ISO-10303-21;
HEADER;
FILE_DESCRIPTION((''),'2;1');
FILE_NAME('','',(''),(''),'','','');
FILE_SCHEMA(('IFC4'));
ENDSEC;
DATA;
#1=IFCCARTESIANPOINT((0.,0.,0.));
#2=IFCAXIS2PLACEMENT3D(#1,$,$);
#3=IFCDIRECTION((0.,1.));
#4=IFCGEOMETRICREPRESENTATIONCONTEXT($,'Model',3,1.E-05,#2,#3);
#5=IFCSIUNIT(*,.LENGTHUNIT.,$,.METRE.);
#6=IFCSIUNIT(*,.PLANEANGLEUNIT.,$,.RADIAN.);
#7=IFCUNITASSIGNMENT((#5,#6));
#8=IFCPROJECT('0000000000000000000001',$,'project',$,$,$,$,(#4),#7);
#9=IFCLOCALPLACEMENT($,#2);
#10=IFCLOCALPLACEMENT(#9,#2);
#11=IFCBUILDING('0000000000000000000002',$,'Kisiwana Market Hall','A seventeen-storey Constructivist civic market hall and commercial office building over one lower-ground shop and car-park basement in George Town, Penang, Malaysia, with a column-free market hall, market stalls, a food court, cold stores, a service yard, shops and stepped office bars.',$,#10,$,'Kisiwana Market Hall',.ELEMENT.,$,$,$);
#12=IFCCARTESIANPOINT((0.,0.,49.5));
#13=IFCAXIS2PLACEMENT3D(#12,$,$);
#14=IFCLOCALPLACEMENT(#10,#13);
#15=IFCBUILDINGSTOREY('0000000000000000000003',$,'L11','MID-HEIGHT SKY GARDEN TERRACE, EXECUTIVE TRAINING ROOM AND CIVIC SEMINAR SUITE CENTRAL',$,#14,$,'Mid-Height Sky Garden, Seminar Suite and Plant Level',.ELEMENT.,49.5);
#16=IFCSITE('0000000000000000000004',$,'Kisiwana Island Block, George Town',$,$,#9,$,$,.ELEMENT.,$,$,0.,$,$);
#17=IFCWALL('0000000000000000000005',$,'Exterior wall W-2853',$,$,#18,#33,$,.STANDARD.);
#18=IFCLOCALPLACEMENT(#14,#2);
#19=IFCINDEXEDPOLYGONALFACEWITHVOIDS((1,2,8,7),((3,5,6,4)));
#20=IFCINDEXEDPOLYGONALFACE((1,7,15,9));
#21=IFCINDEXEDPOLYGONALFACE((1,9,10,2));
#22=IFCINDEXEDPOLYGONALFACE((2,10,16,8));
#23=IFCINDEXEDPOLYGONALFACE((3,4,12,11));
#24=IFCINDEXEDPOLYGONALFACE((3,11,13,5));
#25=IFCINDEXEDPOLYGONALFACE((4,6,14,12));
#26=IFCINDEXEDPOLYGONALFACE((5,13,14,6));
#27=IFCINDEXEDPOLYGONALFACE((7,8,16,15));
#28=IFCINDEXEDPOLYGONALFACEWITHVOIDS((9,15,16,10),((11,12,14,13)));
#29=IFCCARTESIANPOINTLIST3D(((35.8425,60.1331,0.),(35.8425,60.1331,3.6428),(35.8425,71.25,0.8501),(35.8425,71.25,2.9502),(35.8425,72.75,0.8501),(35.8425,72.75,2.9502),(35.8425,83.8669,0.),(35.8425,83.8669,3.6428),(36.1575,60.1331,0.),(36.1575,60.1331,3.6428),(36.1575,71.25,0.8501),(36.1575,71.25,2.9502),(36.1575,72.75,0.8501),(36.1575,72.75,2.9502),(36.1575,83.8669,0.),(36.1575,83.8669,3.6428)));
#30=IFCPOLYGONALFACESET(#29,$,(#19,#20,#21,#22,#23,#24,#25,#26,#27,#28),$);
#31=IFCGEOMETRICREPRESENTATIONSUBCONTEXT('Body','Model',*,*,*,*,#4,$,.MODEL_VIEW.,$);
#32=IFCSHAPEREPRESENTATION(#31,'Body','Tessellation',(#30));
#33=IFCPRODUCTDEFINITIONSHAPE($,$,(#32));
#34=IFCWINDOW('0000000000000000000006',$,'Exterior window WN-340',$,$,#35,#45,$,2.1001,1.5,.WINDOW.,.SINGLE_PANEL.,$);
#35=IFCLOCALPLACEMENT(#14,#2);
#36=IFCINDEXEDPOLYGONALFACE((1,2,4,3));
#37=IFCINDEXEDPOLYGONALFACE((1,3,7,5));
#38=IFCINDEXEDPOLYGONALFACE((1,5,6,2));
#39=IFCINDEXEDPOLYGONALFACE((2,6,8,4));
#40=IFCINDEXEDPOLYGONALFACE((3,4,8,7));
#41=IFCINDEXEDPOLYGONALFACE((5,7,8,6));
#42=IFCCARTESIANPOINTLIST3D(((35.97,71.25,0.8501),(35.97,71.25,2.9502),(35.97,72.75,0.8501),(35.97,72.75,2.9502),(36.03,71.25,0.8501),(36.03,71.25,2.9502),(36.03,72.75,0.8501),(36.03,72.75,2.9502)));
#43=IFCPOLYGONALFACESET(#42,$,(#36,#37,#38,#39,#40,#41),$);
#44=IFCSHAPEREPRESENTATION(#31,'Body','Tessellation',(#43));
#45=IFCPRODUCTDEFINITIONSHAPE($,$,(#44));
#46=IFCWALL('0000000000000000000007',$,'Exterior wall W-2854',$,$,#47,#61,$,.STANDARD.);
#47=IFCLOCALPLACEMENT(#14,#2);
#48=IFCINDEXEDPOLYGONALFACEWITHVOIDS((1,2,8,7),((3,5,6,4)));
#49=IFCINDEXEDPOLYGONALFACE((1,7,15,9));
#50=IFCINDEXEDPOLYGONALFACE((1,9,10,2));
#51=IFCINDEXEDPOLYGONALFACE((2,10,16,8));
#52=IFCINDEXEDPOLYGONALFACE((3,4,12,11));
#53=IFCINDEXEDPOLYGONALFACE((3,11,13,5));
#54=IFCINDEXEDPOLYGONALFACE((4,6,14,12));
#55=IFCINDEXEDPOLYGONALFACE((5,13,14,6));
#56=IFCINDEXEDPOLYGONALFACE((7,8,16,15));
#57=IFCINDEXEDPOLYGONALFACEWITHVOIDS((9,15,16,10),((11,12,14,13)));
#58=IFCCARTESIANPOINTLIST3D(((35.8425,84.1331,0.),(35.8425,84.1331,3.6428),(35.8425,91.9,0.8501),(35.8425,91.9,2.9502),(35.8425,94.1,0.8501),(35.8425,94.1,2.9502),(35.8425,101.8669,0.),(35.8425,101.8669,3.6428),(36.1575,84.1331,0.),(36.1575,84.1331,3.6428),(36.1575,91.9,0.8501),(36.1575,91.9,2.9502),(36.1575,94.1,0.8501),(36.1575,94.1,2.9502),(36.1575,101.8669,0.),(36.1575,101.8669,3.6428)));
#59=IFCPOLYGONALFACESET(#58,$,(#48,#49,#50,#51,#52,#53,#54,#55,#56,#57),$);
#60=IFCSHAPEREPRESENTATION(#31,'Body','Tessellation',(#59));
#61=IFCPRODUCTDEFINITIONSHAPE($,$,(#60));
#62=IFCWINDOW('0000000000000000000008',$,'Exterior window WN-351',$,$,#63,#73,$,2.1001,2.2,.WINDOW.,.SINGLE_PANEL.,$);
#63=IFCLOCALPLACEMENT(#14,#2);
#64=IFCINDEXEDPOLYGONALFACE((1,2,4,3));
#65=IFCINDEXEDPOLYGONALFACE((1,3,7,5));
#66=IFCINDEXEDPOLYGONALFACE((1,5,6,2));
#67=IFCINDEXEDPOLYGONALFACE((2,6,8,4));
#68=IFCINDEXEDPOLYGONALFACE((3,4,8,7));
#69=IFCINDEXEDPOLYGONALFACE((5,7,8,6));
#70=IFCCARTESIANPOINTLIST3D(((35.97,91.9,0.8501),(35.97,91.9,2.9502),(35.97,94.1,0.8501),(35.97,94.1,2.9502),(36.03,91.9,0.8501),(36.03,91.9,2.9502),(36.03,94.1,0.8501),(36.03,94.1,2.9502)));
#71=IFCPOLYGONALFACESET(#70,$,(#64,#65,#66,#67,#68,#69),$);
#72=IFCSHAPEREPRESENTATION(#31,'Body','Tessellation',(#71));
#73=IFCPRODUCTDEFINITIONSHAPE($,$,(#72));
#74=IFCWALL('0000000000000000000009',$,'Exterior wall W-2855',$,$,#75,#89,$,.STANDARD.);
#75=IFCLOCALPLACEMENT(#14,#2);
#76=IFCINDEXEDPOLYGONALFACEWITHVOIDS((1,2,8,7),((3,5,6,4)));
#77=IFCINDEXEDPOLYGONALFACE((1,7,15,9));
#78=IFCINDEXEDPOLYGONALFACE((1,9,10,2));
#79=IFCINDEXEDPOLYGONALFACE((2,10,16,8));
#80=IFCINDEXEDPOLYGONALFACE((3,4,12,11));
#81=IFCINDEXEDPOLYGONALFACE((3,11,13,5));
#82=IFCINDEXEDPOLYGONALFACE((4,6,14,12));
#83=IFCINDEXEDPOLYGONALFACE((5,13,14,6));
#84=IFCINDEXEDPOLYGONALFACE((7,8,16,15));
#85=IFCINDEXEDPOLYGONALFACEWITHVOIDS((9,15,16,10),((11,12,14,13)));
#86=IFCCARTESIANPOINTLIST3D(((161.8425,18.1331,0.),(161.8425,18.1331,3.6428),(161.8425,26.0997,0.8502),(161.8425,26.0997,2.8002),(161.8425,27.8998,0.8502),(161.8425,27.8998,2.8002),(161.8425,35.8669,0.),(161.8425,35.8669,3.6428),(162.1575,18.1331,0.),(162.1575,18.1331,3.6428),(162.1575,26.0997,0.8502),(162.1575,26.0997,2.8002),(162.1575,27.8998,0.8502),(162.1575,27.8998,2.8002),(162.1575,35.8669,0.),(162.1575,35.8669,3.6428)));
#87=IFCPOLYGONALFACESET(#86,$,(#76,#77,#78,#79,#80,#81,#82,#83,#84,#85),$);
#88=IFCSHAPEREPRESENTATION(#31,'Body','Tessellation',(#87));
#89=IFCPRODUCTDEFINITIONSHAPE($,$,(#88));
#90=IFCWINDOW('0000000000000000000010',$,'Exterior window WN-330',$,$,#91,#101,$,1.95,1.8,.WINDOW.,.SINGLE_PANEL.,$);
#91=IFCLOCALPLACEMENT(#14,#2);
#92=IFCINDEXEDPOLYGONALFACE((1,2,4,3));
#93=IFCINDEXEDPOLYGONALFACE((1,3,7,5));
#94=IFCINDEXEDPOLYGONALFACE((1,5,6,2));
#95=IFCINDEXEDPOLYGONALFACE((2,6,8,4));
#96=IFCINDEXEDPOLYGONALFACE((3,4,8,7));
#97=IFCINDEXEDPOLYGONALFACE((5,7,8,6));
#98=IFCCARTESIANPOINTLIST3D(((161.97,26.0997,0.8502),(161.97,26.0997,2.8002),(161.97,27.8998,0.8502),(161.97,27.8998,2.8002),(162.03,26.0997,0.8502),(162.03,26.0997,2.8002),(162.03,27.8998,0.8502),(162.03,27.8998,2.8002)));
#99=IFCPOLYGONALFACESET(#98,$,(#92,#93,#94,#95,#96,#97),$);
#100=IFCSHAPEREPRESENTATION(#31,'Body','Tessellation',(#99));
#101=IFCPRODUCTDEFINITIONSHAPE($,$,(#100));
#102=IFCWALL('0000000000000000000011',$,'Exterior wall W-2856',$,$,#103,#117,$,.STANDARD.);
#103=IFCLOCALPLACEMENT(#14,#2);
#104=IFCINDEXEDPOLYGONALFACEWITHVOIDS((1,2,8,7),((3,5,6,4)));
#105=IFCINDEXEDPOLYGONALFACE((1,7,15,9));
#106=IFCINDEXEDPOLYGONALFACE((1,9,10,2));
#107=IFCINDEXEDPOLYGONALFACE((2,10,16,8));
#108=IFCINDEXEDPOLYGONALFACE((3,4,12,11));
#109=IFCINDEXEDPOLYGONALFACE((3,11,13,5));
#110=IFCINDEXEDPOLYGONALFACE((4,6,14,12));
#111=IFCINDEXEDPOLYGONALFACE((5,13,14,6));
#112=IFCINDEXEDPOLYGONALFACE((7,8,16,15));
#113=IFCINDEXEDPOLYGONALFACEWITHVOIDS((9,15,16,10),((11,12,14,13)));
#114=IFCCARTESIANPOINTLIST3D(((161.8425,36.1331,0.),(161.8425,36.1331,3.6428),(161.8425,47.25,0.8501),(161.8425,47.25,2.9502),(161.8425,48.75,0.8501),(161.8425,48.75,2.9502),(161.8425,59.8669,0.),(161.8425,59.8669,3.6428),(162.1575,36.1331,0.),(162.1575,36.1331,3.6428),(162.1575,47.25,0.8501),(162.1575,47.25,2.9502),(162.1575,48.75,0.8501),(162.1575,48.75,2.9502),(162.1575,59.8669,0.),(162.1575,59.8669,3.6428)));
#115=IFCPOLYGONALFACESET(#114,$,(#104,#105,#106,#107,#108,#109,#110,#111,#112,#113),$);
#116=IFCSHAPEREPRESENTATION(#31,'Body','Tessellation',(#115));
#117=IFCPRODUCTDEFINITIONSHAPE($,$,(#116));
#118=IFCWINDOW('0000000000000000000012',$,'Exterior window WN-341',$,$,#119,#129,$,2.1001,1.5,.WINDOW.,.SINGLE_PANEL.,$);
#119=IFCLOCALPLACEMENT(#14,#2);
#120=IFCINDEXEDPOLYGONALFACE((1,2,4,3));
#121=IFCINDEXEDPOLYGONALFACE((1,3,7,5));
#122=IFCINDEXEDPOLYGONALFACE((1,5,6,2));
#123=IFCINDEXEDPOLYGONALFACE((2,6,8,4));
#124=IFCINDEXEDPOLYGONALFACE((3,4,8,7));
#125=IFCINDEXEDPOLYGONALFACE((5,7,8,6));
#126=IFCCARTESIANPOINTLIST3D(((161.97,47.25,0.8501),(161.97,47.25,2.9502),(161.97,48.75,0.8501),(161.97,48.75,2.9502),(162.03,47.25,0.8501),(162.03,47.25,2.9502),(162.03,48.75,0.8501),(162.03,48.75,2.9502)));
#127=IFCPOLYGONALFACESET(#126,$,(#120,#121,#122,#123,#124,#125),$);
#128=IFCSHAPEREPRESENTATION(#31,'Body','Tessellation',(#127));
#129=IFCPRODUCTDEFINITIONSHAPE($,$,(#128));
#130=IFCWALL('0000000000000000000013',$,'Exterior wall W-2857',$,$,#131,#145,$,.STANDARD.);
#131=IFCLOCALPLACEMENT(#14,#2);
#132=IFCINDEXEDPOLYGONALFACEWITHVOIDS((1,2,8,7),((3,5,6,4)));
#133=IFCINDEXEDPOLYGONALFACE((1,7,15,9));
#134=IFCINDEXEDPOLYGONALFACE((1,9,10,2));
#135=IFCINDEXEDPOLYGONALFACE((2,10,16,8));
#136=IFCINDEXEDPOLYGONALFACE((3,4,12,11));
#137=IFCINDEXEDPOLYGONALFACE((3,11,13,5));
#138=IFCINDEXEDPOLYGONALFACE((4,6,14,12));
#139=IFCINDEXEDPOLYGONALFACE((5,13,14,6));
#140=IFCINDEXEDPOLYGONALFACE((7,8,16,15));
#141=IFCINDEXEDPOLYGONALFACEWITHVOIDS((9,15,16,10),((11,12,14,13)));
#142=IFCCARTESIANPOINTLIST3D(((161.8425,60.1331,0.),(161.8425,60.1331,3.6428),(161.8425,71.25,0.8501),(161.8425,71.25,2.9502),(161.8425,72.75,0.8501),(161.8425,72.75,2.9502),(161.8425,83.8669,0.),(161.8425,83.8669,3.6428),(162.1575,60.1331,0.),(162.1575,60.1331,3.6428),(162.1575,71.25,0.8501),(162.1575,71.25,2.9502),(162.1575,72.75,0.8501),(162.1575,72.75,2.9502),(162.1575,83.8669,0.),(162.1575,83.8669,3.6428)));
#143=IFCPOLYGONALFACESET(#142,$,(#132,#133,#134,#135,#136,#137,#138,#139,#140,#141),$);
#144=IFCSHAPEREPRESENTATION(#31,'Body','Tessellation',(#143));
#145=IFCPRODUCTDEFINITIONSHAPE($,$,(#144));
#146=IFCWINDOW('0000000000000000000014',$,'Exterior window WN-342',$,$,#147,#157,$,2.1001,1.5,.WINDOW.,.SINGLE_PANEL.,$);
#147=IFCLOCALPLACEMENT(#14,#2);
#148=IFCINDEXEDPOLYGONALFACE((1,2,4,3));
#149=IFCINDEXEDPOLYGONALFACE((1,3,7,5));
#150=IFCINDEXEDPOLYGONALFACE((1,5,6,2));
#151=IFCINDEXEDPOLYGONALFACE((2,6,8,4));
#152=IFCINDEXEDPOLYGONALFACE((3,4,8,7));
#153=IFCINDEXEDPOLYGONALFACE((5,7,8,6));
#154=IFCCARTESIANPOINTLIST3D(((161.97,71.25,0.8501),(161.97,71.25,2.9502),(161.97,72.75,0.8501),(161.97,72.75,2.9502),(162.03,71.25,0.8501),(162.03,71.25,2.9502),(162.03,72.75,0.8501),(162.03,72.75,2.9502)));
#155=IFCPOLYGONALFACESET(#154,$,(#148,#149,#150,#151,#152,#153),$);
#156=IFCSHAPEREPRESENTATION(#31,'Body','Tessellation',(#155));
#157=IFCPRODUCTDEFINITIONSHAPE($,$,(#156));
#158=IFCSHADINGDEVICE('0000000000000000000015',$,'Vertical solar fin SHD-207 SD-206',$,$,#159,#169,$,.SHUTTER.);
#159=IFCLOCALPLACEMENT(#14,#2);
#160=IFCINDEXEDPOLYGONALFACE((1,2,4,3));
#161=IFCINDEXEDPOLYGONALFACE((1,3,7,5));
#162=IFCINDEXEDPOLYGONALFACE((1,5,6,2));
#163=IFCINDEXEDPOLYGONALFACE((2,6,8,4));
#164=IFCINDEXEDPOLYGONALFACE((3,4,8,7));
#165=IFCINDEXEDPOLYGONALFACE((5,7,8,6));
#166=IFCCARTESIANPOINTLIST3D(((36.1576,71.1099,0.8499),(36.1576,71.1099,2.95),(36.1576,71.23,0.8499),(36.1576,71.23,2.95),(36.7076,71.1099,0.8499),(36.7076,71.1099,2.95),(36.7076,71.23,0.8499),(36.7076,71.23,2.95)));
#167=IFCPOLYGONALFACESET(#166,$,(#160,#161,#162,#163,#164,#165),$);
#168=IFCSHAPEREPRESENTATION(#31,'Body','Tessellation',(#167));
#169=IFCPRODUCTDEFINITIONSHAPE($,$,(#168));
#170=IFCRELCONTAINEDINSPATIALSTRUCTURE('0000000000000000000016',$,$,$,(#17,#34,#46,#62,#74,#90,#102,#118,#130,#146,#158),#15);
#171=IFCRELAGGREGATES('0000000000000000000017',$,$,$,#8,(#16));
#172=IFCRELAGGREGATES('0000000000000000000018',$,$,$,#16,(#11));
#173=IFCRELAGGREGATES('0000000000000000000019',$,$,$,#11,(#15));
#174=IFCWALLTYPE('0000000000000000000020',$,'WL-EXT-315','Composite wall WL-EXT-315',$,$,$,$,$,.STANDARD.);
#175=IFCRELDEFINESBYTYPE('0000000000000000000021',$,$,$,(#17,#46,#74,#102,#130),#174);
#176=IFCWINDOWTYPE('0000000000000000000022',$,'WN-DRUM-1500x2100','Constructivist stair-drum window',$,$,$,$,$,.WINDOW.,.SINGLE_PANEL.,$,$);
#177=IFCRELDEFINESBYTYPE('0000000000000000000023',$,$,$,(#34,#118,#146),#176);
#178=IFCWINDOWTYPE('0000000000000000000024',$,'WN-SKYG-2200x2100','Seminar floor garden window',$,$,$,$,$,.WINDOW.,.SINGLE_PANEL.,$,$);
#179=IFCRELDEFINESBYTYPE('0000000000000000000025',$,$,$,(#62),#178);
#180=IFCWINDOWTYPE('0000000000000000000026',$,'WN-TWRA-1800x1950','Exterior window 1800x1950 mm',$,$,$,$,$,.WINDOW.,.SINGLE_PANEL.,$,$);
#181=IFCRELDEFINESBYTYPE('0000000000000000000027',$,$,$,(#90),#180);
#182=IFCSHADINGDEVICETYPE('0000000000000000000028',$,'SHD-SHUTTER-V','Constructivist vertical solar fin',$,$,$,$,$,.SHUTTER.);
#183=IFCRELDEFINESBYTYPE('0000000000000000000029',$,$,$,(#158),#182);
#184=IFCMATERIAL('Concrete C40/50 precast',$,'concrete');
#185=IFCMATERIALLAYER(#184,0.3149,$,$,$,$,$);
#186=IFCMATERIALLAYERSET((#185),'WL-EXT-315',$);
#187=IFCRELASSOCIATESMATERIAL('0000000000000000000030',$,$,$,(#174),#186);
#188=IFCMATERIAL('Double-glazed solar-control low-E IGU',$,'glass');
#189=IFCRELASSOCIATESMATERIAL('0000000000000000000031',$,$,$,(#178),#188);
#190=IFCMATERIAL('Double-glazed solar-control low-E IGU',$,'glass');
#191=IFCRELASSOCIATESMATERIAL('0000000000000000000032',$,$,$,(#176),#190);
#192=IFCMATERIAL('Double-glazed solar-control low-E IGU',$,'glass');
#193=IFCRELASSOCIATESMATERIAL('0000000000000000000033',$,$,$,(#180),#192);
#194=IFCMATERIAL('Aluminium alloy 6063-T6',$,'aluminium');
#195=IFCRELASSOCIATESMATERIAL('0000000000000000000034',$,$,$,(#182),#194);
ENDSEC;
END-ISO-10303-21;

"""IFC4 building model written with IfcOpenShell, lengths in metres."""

from ifc_helpers import new_model, si_unit, direction, frame, frame_2d, origin, origin_2d, place, context, subcontext, project, spatial, rectangle, extrude, material, layer, layer_set, type_object, element, fill, save


model = new_model("IFC4")

# Units and contexts
model_context = context("Model", 3, precision=1e-05, world=origin(), true_north=direction((0.0, 1.0)))
body_context = subcontext(model_context, "Body", "Model", "MODEL_VIEW")
ifc_project = project(units=[si_unit("LENGTHUNIT", "METRE"), si_unit("PLANEANGLEUNIT", "RADIAN")], contexts=[model_context])

# Site, building, storey
site_placement = place(None, origin())
site = spatial("IfcSite", under=ifc_project, at=site_placement, Name="Kisiwana Island Block, George Town", CompositionType="ELEMENT", RefElevation=0.0)
building_placement = place(site_placement, origin())
building = spatial("IfcBuilding", under=site, at=building_placement, Name="Kisiwana Market Hall", Description="A seventeen-storey Constructivist civic market hall and commercial office building over one lower-ground shop and car-park basement in George Town, Penang, Malaysia, with a column-free market hall, market stalls, a food court, cold stores, a service yard, shops and stepped office bars.", LongName="Kisiwana Market Hall", CompositionType="ELEMENT")
storey_placement = place(building_placement, frame((0.0, 0.0, 49.5)))
storey = spatial("IfcBuildingStorey", under=building, at=storey_placement, Name="L11", Description="MID-HEIGHT SKY GARDEN TERRACE, EXECUTIVE TRAINING ROOM AND CIVIC SEMINAR SUITE CENTRAL", LongName="Mid-Height Sky Garden, Seminar Suite and Plant Level", CompositionType="ELEMENT", Elevation=49.5)

# Walls, openings, windows
ifc_material_1 = material(Name="Concrete C40/50 precast", Category="concrete")
ifc_layer = layer(ifc_material_1, 0.3149)
ifc_layer_set = layer_set([ifc_layer], Name="WL-EXT-315")
wall_type = type_object("IfcWallType", Name="WL-EXT-315", Description="Composite wall WL-EXT-315", PredefinedType="STANDARD", material=ifc_layer_set)
ifc_material_2 = material(Name="Double-glazed solar-control low-E IGU", Category="glass")
window_type_1 = type_object("IfcWindowType", Name="WN-SKYG-2200x2100", Description="Seminar floor garden window", PartitioningType="SINGLE_PANEL", PredefinedType="WINDOW", material=ifc_material_2)
ifc_material_3 = material(Name="Double-glazed solar-control low-E IGU", Category="glass")
window_type_2 = type_object("IfcWindowType", Name="WN-DRUM-1500x2100", Description="Constructivist stair-drum window", PartitioningType="SINGLE_PANEL", PredefinedType="WINDOW", material=ifc_material_3)
wall_1_placement = place(storey_placement, frame((36.0, 60.1331, 0.0), z_axis=(0.0, 0.0, 1.0), x_axis=(0.0, 1.0, 0.0)))
wall_1 = element("IfcWall", 1, at=wall_1_placement, inside=storey, type_object=wall_type, Name="Exterior wall W-2853", PredefinedType="STANDARD", context=body_context, shape_type="SweptSolid", body=[
    extrude(rectangle(XDim=23.7339, YDim=0.3149, at=frame_2d((11.8669, 0.0))), origin(), (0.0, 0.0, 1.0), 3.6428),
])
opening_1_placement = place(wall_1_placement, frame((11.1169, 0.0, 0.8501)))
opening_1 = element("IfcOpeningElement", 2, at=opening_1_placement, cuts=wall_1, PredefinedType="OPENING", context=body_context, shape_type="SweptSolid", body=[
    extrude(rectangle(XDim=1.5, YDim=2.1001, at=frame_2d((0.75, 1.05))), frame((0.0, 0.1694, 0.0), z_axis=(0.0, -1.0, 0.0), x_axis=(1.0, 0.0, 0.0)), (0.0, 0.0, 1.0), 0.3389),
])
window_1_placement = place(opening_1_placement, origin())
window_1 = element("IfcWindow", 3, at=window_1_placement, inside=storey, type_object=window_type_2, Name="Exterior window WN-340", OverallHeight=2.1001, OverallWidth=1.5, PartitioningType="SINGLE_PANEL", PredefinedType="WINDOW", context=body_context, shape_type="SweptSolid", body=[
    extrude(rectangle(XDim=1.5, YDim=2.1001, at=frame_2d((0.75, 1.05))), frame((0.0, 0.03, 0.0), z_axis=(0.0, -1.0, 0.0), x_axis=(1.0, 0.0, 0.0)), (0.0, 0.0, 1.0), 0.0601),
])
fill(opening_1, window_1)
wall_2_placement = place(storey_placement, frame((36.0, 84.1331, 0.0), z_axis=(0.0, 0.0, 1.0), x_axis=(0.0, 1.0, 0.0)))
wall_2 = element("IfcWall", 4, at=wall_2_placement, inside=storey, type_object=wall_type, Name="Exterior wall W-2854", PredefinedType="STANDARD", context=body_context, shape_type="SweptSolid", body=[
    extrude(rectangle(XDim=17.7339, YDim=0.3149, at=frame_2d((8.8669, 0.0))), origin(), (0.0, 0.0, 1.0), 3.6428),
])
opening_2_placement = place(wall_2_placement, frame((7.7668, 0.0, 0.8501)))
opening_2 = element("IfcOpeningElement", 5, at=opening_2_placement, cuts=wall_2, PredefinedType="OPENING", context=body_context, shape_type="SweptSolid", body=[
    extrude(rectangle(XDim=2.2, YDim=2.1001, at=frame_2d((1.1001, 1.05))), frame((0.0, 0.1694, 0.0), z_axis=(0.0, -1.0, 0.0), x_axis=(1.0, 0.0, 0.0)), (0.0, 0.0, 1.0), 0.3389),
])
window_2_placement = place(opening_2_placement, origin())
window_2 = element("IfcWindow", 6, at=window_2_placement, inside=storey, type_object=window_type_1, Name="Exterior window WN-351", OverallHeight=2.1001, OverallWidth=2.2, PartitioningType="SINGLE_PANEL", PredefinedType="WINDOW", context=body_context, shape_type="SweptSolid", body=[
    extrude(rectangle(XDim=2.2, YDim=2.1001, at=frame_2d((1.1001, 1.05))), frame((0.0, 0.03, 0.0), z_axis=(0.0, -1.0, 0.0), x_axis=(1.0, 0.0, 0.0)), (0.0, 0.0, 1.0), 0.0601),
])
fill(opening_2, window_2)
wall_3_placement = place(storey_placement, frame((162.0, 18.1331, 0.0), z_axis=(0.0, 0.0, 1.0), x_axis=(0.0, 1.0, 0.0)))
wall_3 = element("IfcWall", 7, at=wall_3_placement, inside=storey, type_object=wall_type, Name="Exterior wall W-2855", PredefinedType="STANDARD", context=body_context, shape_type="SweptSolid", body=[
    extrude(rectangle(XDim=17.7339, YDim=0.3149, at=frame_2d((8.8669, 0.0))), origin(), (0.0, 0.0, 1.0), 3.6428),
])
opening_3_placement = place(wall_3_placement, frame((7.9668, 0.0, 0.8501)))
opening_3 = element("IfcOpeningElement", 8, at=opening_3_placement, cuts=wall_3, PredefinedType="OPENING", context=body_context, shape_type="SweptSolid", body=[
    extrude(rectangle(XDim=1.8, YDim=1.95, at=frame_2d((0.8999, 0.9751))), frame((0.0, 0.1694, 0.0), z_axis=(0.0, -1.0, 0.0), x_axis=(1.0, 0.0, 0.0)), (0.0, 0.0, 1.0), 0.3389),
])
ifc_material_4 = material(Name="Double-glazed solar-control low-E IGU", Category="glass")
window_type_3 = type_object("IfcWindowType", Name="WN-TWRA-1800x1950", Description="Exterior window 1800x1950 mm", PartitioningType="SINGLE_PANEL", PredefinedType="WINDOW", material=ifc_material_4)
window_3_placement = place(opening_3_placement, origin())
window_3 = element("IfcWindow", 9, at=window_3_placement, inside=storey, type_object=window_type_3, Name="Exterior window WN-330", OverallHeight=1.95, OverallWidth=1.8, PartitioningType="SINGLE_PANEL", PredefinedType="WINDOW", context=body_context, shape_type="SweptSolid", body=[
    extrude(rectangle(XDim=1.8, YDim=1.95, at=frame_2d((0.8999, 0.9751))), frame((0.0, 0.03, 0.0), z_axis=(0.0, -1.0, 0.0), x_axis=(1.0, 0.0, 0.0)), (0.0, 0.0, 1.0), 0.0601),
])
fill(opening_3, window_3)
wall_4_placement = place(storey_placement, frame((162.0, 36.1331, 0.0), z_axis=(0.0, 0.0, 1.0), x_axis=(0.0, 1.0, 0.0)))
wall_4 = element("IfcWall", 10, at=wall_4_placement, inside=storey, type_object=wall_type, Name="Exterior wall W-2856", PredefinedType="STANDARD", context=body_context, shape_type="SweptSolid", body=[
    extrude(rectangle(XDim=23.7339, YDim=0.3149, at=frame_2d((11.8669, 0.0))), origin(), (0.0, 0.0, 1.0), 3.6428),
])
opening_4_placement = place(wall_4_placement, frame((11.1169, 0.0, 0.8501)))
opening_4 = element("IfcOpeningElement", 11, at=opening_4_placement, cuts=wall_4, PredefinedType="OPENING", context=body_context, shape_type="SweptSolid", body=[
    extrude(rectangle(XDim=1.5, YDim=2.1001, at=frame_2d((0.75, 1.05))), frame((0.0, 0.1694, 0.0), z_axis=(0.0, -1.0, 0.0), x_axis=(1.0, 0.0, 0.0)), (0.0, 0.0, 1.0), 0.3389),
])
window_4_placement = place(opening_4_placement, origin())
window_4 = element("IfcWindow", 12, at=window_4_placement, inside=storey, type_object=window_type_2, Name="Exterior window WN-341", OverallHeight=2.1001, OverallWidth=1.5, PartitioningType="SINGLE_PANEL", PredefinedType="WINDOW", context=body_context, shape_type="SweptSolid", body=[
    extrude(rectangle(XDim=1.5, YDim=2.1001, at=frame_2d((0.75, 1.05))), frame((0.0, 0.03, 0.0), z_axis=(0.0, -1.0, 0.0), x_axis=(1.0, 0.0, 0.0)), (0.0, 0.0, 1.0), 0.0601),
])
fill(opening_4, window_4)
wall_5_placement = place(storey_placement, frame((162.0, 60.1331, 0.0), z_axis=(0.0, 0.0, 1.0), x_axis=(0.0, 1.0, 0.0)))
wall_5 = element("IfcWall", 13, at=wall_5_placement, inside=storey, type_object=wall_type, Name="Exterior wall W-2857", PredefinedType="STANDARD", context=body_context, shape_type="SweptSolid", body=[
    extrude(rectangle(XDim=23.7339, YDim=0.3149, at=frame_2d((11.8669, 0.0))), origin(), (0.0, 0.0, 1.0), 3.6428),
])
opening_5_placement = place(wall_5_placement, frame((11.1169, 0.0, 0.8501)))
opening_5 = element("IfcOpeningElement", 14, at=opening_5_placement, cuts=wall_5, PredefinedType="OPENING", context=body_context, shape_type="SweptSolid", body=[
    extrude(rectangle(XDim=1.5, YDim=2.1001, at=frame_2d((0.75, 1.05))), frame((0.0, 0.1694, 0.0), z_axis=(0.0, -1.0, 0.0), x_axis=(1.0, 0.0, 0.0)), (0.0, 0.0, 1.0), 0.3389),
])
window_5_placement = place(opening_5_placement, origin())
window_5 = element("IfcWindow", 15, at=window_5_placement, inside=storey, type_object=window_type_2, Name="Exterior window WN-342", OverallHeight=2.1001, OverallWidth=1.5, PartitioningType="SINGLE_PANEL", PredefinedType="WINDOW", context=body_context, shape_type="SweptSolid", body=[
    extrude(rectangle(XDim=1.5, YDim=2.1001, at=frame_2d((0.75, 1.05))), frame((0.0, 0.03, 0.0), z_axis=(0.0, -1.0, 0.0), x_axis=(1.0, 0.0, 0.0)), (0.0, 0.0, 1.0), 0.0601),
])
fill(opening_5, window_5)

# Shading device
ifc_material_5 = material(Name="Aluminium alloy 6063-T6", Category="aluminium")
shading_device_type = type_object("IfcShadingDeviceType", Name="SHD-SHUTTER-V", Description="Constructivist vertical solar fin", PredefinedType="SHUTTER", material=ifc_material_5)
for number, where, z_axis, x_axis, name in (
    (16, (36.4326, 71.1699, 0.8499), (0.0, 0.0, 1.0), (0.0, 1.0, 0.0), "Vertical solar fin SHD-207 SD-206"),
):
    element("IfcShadingDevice", number, at=place(storey_placement, frame(where, z_axis=z_axis, x_axis=x_axis)), inside=storey, type_object=shading_device_type, Name=name, PredefinedType="SHUTTER", context=body_context, shape_type="SweptSolid", body=[
        extrude(rectangle(XDim=0.1201, YDim=0.55, at=origin_2d()), origin(), (0.0, 0.0, 1.0), 2.1001),
    ])

save(model, "model.ifc")
